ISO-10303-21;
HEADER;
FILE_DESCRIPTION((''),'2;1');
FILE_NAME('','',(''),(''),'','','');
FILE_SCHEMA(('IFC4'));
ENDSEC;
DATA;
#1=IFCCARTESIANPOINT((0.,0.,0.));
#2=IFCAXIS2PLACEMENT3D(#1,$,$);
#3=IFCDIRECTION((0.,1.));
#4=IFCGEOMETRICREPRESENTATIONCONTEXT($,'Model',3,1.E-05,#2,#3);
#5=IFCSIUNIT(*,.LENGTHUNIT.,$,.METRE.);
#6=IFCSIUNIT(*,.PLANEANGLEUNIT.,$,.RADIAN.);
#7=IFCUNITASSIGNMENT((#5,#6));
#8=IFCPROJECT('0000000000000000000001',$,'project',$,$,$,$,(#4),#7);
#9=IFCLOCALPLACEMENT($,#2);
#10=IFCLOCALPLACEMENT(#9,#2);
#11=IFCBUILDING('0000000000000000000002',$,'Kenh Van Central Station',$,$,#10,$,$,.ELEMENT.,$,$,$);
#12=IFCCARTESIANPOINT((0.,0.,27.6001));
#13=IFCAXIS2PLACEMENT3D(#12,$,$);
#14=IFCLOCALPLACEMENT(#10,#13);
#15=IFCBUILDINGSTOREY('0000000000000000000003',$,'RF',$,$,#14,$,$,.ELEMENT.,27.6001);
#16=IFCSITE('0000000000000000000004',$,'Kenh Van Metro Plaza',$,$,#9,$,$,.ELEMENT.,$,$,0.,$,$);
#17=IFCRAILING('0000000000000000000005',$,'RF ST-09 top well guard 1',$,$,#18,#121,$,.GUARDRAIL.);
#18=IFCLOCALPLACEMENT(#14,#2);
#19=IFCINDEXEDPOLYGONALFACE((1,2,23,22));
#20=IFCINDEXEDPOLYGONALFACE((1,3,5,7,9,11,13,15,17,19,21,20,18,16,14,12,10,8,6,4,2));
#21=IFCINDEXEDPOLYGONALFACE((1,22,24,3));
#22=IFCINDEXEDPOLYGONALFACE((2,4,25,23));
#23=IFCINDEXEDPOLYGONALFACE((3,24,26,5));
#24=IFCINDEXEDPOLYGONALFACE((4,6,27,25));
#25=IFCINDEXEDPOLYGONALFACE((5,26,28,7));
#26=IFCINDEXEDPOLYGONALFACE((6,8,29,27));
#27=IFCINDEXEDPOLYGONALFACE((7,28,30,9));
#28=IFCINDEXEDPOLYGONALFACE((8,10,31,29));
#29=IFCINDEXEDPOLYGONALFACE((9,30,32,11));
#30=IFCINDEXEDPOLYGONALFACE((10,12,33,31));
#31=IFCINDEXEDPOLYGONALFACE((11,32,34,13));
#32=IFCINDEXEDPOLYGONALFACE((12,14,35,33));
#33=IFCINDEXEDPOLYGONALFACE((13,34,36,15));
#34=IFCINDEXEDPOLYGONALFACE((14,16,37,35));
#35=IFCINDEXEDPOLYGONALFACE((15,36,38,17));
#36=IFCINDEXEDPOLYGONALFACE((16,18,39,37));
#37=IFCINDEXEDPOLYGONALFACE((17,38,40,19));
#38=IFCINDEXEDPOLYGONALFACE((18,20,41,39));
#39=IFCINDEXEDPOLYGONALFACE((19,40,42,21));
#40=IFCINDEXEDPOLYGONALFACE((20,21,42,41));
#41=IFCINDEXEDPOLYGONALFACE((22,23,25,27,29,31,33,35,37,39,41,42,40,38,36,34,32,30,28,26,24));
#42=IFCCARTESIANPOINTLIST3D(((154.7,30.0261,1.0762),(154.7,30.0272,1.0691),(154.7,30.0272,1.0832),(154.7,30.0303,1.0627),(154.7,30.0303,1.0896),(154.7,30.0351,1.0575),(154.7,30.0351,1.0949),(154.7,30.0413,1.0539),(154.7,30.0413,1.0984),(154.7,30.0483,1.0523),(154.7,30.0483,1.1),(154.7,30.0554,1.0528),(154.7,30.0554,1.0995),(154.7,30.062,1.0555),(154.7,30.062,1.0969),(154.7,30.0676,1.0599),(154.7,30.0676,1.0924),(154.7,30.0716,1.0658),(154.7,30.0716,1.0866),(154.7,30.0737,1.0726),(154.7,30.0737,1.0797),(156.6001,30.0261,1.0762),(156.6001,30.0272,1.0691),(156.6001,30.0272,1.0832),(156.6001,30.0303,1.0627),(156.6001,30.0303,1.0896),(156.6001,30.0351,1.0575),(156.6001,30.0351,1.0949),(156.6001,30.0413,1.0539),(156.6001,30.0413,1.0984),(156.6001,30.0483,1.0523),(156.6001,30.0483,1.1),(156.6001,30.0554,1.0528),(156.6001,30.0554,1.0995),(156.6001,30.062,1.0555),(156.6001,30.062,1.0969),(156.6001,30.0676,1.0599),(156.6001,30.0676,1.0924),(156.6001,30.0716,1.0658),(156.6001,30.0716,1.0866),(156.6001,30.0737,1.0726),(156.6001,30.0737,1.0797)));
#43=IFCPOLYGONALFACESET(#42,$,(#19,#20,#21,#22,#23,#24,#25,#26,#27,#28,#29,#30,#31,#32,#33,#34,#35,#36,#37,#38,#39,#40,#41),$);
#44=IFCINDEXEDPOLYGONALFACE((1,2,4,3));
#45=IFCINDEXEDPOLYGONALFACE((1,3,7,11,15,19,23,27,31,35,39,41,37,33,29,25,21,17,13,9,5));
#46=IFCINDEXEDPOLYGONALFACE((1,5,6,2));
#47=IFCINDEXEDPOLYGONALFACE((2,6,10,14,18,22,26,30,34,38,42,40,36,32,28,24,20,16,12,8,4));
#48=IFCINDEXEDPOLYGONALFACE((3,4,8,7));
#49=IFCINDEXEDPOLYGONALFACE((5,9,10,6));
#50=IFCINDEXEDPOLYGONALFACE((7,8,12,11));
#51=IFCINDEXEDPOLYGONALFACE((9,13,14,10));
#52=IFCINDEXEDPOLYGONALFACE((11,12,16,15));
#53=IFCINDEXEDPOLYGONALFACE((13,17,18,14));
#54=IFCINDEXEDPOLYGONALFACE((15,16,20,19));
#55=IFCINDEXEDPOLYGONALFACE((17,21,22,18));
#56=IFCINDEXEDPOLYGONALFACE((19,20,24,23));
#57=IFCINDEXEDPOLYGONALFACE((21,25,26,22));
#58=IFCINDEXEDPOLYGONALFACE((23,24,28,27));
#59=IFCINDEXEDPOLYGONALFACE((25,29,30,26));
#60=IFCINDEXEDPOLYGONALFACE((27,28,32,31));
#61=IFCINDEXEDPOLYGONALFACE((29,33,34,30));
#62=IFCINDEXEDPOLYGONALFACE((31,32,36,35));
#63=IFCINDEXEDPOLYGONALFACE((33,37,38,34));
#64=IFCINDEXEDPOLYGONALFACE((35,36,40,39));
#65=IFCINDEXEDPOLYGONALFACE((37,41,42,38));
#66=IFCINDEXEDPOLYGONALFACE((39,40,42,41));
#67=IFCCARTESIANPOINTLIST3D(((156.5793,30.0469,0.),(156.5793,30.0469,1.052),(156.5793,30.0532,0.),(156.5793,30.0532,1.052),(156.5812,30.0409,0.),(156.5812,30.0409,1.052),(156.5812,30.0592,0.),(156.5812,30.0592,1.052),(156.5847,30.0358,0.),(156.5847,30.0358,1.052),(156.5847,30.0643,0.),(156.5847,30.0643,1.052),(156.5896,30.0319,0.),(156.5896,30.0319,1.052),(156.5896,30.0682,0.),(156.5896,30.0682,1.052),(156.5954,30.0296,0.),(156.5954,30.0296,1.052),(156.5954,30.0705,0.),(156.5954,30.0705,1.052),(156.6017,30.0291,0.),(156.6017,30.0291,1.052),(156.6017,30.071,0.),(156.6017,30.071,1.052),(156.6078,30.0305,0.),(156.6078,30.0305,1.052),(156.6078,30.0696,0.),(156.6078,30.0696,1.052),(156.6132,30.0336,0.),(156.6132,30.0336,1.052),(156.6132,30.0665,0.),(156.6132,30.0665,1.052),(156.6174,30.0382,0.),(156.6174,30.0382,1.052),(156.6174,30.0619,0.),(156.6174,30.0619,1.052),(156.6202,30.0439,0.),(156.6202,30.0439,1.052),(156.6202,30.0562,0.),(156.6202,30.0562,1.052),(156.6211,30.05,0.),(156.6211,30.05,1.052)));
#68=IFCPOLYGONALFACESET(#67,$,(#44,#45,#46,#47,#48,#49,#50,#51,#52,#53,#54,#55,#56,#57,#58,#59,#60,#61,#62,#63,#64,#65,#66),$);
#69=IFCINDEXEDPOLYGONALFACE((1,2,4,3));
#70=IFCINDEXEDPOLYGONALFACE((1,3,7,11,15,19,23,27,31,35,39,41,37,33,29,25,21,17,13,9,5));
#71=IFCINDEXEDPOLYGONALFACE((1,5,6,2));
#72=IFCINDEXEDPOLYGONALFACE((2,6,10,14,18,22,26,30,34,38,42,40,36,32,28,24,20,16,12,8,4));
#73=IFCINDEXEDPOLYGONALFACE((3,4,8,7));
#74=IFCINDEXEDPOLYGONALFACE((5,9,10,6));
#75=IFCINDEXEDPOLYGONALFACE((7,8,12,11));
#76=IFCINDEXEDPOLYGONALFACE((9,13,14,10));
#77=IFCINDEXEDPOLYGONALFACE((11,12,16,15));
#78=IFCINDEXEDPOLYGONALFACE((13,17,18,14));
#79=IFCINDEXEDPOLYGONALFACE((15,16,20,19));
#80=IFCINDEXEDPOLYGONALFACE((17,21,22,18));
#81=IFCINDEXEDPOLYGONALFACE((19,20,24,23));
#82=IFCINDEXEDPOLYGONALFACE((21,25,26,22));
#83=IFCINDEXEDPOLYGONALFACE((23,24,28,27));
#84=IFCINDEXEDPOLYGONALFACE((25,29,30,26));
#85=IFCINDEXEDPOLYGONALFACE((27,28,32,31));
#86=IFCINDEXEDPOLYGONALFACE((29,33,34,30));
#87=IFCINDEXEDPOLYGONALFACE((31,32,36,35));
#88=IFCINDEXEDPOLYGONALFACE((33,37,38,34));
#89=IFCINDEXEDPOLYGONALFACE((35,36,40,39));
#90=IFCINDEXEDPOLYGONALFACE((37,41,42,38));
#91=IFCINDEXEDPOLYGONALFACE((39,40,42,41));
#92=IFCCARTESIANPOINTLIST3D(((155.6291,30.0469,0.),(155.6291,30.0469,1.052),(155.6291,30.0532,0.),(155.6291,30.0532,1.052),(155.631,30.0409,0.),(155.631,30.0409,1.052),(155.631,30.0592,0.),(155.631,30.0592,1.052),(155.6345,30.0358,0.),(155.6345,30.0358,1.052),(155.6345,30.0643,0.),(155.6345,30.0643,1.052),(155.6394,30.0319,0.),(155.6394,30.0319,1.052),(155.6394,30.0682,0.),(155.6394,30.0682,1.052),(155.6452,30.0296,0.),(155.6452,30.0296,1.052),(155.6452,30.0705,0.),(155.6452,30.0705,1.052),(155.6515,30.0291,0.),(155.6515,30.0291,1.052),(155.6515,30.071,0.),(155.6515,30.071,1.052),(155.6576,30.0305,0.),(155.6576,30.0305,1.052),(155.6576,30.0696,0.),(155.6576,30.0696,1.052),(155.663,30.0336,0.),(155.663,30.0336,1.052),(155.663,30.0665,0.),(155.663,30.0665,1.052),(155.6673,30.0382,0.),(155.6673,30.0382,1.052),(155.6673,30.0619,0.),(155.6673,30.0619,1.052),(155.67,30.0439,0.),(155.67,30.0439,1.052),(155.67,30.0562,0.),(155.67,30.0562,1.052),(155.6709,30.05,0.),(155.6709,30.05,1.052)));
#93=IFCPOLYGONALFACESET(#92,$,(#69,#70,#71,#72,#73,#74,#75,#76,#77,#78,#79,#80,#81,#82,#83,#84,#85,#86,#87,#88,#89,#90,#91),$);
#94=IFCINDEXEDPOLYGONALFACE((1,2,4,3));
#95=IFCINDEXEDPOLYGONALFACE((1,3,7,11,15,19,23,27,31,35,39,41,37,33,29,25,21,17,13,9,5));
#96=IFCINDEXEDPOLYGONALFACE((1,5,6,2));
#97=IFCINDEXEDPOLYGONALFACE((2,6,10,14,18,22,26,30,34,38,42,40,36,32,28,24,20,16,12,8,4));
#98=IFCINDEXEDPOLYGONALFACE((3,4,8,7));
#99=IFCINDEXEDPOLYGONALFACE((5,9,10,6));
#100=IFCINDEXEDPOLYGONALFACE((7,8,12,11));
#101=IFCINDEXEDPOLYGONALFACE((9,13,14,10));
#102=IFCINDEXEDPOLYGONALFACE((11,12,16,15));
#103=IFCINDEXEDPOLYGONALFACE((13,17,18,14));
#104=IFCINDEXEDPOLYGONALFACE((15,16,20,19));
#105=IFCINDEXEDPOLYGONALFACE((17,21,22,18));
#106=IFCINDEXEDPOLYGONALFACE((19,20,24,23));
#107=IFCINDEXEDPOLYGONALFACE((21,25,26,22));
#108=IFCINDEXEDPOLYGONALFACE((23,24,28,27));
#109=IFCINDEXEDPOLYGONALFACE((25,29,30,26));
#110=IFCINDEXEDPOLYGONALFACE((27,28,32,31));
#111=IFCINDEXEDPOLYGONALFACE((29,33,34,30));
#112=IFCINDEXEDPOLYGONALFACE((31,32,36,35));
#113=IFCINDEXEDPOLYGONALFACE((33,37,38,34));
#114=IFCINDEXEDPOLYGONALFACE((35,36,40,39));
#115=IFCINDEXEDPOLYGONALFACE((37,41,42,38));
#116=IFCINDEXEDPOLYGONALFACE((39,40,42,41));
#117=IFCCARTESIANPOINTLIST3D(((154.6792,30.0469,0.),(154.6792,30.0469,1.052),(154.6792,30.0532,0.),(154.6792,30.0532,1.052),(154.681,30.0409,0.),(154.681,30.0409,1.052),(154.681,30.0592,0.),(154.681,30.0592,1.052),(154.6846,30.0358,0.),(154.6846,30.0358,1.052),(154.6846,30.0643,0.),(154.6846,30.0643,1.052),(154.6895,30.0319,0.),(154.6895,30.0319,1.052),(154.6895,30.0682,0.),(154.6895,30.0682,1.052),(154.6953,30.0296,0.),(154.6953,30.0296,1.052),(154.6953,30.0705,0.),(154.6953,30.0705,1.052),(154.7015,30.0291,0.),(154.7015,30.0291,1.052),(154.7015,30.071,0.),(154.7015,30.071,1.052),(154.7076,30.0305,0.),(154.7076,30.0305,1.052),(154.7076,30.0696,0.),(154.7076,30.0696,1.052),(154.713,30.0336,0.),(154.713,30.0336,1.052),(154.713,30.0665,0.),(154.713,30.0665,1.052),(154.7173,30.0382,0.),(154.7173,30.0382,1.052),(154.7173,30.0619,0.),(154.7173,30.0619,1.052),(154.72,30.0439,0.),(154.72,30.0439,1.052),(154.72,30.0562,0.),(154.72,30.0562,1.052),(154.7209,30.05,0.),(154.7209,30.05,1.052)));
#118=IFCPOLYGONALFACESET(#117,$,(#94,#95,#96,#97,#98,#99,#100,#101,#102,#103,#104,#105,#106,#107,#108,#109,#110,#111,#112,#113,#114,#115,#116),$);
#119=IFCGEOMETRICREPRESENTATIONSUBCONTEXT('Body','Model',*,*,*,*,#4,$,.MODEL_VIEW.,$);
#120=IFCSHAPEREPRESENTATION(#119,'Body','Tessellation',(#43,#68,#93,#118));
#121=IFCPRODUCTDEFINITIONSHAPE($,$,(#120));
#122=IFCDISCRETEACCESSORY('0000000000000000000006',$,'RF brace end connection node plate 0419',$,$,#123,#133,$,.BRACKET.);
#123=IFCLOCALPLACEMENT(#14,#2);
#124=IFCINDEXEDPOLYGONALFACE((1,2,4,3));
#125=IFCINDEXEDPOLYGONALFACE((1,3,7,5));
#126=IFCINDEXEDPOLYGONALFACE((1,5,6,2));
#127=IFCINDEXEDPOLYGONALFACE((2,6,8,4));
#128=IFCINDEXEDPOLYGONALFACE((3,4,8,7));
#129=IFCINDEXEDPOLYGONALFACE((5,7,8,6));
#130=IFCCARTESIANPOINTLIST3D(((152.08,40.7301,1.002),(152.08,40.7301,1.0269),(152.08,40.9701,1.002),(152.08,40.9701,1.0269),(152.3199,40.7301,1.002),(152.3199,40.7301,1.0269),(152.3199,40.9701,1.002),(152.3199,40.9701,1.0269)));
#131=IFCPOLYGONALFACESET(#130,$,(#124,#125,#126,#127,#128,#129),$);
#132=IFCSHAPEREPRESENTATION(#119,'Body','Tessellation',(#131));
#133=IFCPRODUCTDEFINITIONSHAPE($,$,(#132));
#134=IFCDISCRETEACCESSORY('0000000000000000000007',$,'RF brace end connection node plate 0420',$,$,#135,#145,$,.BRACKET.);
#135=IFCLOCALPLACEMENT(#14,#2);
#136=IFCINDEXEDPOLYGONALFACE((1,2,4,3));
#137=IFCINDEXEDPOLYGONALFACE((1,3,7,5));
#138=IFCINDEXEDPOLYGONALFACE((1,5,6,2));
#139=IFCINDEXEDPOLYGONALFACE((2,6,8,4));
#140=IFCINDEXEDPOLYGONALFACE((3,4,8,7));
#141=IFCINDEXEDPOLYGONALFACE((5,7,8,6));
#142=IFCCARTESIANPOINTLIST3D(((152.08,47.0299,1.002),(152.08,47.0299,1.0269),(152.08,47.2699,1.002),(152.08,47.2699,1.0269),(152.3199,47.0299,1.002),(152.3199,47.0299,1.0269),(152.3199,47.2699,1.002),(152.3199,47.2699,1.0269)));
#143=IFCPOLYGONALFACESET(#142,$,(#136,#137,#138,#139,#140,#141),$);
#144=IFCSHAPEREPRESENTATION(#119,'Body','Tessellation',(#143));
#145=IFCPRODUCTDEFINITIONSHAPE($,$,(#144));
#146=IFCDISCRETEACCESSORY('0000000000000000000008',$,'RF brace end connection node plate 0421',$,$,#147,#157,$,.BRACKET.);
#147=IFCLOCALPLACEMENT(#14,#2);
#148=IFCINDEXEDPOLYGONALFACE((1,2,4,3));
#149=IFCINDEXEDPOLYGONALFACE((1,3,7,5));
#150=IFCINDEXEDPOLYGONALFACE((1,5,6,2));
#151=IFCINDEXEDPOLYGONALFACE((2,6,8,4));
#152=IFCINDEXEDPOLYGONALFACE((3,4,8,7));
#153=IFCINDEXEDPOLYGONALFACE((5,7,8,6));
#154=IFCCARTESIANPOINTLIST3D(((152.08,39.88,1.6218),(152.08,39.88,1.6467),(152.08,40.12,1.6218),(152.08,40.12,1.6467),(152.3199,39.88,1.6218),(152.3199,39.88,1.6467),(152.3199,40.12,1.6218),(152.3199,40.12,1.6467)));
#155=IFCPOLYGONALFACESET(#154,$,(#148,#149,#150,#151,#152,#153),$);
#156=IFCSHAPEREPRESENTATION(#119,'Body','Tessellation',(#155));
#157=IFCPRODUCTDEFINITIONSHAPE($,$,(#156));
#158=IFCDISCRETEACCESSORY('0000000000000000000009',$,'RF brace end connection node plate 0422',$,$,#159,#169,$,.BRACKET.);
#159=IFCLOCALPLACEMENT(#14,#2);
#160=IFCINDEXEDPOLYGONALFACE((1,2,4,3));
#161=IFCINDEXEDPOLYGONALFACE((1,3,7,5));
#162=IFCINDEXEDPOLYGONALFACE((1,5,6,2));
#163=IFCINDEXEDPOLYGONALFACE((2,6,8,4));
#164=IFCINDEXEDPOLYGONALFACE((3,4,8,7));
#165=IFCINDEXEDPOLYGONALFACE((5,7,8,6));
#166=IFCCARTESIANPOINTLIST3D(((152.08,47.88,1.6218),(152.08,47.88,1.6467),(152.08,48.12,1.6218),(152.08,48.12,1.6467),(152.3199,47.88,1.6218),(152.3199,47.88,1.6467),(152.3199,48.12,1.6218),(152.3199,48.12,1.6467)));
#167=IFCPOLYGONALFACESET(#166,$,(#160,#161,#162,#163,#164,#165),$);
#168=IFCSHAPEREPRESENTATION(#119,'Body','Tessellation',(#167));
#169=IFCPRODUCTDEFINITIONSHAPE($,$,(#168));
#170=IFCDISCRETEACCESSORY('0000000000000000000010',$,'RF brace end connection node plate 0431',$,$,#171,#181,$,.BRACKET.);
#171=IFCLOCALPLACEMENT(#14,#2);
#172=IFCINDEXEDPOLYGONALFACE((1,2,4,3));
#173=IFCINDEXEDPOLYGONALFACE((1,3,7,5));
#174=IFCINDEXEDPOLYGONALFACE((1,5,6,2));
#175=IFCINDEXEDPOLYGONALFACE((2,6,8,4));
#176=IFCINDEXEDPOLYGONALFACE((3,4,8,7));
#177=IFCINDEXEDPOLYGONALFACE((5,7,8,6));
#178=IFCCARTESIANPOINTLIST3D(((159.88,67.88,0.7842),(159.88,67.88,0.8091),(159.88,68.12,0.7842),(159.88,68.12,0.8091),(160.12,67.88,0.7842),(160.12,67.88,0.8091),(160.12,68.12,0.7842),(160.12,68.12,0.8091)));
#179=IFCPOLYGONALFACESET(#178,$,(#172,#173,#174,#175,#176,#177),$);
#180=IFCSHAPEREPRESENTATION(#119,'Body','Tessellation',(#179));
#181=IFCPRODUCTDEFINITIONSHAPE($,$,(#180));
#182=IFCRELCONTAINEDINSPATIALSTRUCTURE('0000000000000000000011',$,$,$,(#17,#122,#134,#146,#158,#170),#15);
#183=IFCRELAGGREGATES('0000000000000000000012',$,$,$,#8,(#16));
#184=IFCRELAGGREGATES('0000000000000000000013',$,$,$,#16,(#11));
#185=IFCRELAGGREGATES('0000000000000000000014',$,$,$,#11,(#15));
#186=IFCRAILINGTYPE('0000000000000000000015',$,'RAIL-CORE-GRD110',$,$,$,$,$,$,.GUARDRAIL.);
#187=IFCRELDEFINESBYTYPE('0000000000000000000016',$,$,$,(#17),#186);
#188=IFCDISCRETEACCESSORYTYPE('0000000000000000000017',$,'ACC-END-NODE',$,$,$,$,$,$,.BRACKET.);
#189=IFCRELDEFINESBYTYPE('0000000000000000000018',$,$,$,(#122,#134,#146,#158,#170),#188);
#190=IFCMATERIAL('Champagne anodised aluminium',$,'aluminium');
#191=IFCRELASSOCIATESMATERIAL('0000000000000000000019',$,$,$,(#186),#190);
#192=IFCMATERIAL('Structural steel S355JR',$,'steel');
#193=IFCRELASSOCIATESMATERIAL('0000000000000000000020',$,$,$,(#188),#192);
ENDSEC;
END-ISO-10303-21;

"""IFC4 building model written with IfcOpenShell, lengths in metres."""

from ifc_helpers import new_model, si_unit, direction, frame, origin, origin_2d, place, context, subcontext, project, spatial, rectangle, circle, extrude, material, type_object, element, save


model = new_model("IFC4")

# Units and contexts
model_context = context("Model", 3, precision=1e-05, world=origin(), true_north=direction((0.0, 1.0)))
body_context = subcontext(model_context, "Body", "Model", "MODEL_VIEW")
ifc_project = project(units=[si_unit("LENGTHUNIT", "METRE"), si_unit("PLANEANGLEUNIT", "RADIAN")], contexts=[model_context])

# Site, building, storey
site_placement = place(None, origin())
site = spatial("IfcSite", under=ifc_project, at=site_placement, Name="Kenh Van Metro Plaza", CompositionType="ELEMENT", RefElevation=0.0)
building_placement = place(site_placement, origin())
building = spatial("IfcBuilding", under=site, at=building_placement, Name="Kenh Van Central Station", CompositionType="ELEMENT")
storey_placement = place(building_placement, frame((0.0, 0.0, 27.6001)))
storey = spatial("IfcBuildingStorey", under=building, at=storey_placement, Name="RF", CompositionType="ELEMENT", Elevation=27.6001)

# Railing
ifc_material_1 = material(Name="Champagne anodised aluminium", Category="aluminium")
railing_type = type_object("IfcRailingType", Name="RAIL-CORE-GRD110", PredefinedType="GUARDRAIL", material=ifc_material_1)
railing_placement = place(storey_placement, frame((156.6001, 30.05, 0.0)))
element("IfcRailing", 1, at=railing_placement, inside=storey, type_object=railing_type, Name="RF ST-09 top well guard 1", PredefinedType="GUARDRAIL", context=body_context, shape_type="SweptSolid", body=[
    extrude(circle(Radius=0.0239, at=origin_2d()), frame((0.0, 0.0, 1.0762), z_axis=(-1.0, 0.0, 0.0), x_axis=(0.0, -1.0, 0.0)), (0.0, 0.0, 1.0), 1.9001),
    extrude(circle(Radius=0.021, at=origin_2d()), origin(), (0.0, 0.0, 1.0), 1.052),
    extrude(circle(Radius=0.021, at=origin_2d()), frame((-0.9502, 0.0, 0.0)), (0.0, 0.0, 1.0), 1.052),
    extrude(circle(Radius=0.021, at=origin_2d()), frame((-1.9001, 0.0, 0.0)), (0.0, 0.0, 1.0), 1.052),
])

# Discrete accessories
ifc_material_2 = material(Name="Structural steel S355JR", Category="steel")
discrete_accessory_type = type_object("IfcDiscreteAccessoryType", Name="ACC-END-NODE", PredefinedType="BRACKET", material=ifc_material_2)
for number, where, z_axis, x_axis, name in (
    (2, (152.2, 40.8501, 1.002), (0.0, 0.0, 1.0), (1.0, 0.0, 0.0), "RF brace end connection node plate 0419"),
    (3, (152.2, 47.1499, 1.002), (0.0, 0.0, 1.0), (1.0, 0.0, 0.0), "RF brace end connection node plate 0420"),
    (4, (152.2, 40.0, 1.6218), (0.0, 0.0, 1.0), (1.0, 0.0, 0.0), "RF brace end connection node plate 0421"),
    (5, (152.2, 48.0, 1.6218), (0.0, 0.0, 1.0), (1.0, 0.0, 0.0), "RF brace end connection node plate 0422"),
    (6, (160.0, 68.0, 0.7842), (0.0, 0.0, 1.0), (1.0, 0.0, 0.0), "RF brace end connection node plate 0431"),
):
    element("IfcDiscreteAccessory", number, at=place(storey_placement, frame(where, z_axis=z_axis, x_axis=x_axis)), inside=storey, type_object=discrete_accessory_type, Name=name, PredefinedType="BRACKET", context=body_context, shape_type="SweptSolid", body=[
        extrude(rectangle(XDim=0.24, YDim=0.24, at=origin_2d()), origin(), (0.0, 0.0, 1.0), 0.0249),
    ])

save(model, "model.ifc")
